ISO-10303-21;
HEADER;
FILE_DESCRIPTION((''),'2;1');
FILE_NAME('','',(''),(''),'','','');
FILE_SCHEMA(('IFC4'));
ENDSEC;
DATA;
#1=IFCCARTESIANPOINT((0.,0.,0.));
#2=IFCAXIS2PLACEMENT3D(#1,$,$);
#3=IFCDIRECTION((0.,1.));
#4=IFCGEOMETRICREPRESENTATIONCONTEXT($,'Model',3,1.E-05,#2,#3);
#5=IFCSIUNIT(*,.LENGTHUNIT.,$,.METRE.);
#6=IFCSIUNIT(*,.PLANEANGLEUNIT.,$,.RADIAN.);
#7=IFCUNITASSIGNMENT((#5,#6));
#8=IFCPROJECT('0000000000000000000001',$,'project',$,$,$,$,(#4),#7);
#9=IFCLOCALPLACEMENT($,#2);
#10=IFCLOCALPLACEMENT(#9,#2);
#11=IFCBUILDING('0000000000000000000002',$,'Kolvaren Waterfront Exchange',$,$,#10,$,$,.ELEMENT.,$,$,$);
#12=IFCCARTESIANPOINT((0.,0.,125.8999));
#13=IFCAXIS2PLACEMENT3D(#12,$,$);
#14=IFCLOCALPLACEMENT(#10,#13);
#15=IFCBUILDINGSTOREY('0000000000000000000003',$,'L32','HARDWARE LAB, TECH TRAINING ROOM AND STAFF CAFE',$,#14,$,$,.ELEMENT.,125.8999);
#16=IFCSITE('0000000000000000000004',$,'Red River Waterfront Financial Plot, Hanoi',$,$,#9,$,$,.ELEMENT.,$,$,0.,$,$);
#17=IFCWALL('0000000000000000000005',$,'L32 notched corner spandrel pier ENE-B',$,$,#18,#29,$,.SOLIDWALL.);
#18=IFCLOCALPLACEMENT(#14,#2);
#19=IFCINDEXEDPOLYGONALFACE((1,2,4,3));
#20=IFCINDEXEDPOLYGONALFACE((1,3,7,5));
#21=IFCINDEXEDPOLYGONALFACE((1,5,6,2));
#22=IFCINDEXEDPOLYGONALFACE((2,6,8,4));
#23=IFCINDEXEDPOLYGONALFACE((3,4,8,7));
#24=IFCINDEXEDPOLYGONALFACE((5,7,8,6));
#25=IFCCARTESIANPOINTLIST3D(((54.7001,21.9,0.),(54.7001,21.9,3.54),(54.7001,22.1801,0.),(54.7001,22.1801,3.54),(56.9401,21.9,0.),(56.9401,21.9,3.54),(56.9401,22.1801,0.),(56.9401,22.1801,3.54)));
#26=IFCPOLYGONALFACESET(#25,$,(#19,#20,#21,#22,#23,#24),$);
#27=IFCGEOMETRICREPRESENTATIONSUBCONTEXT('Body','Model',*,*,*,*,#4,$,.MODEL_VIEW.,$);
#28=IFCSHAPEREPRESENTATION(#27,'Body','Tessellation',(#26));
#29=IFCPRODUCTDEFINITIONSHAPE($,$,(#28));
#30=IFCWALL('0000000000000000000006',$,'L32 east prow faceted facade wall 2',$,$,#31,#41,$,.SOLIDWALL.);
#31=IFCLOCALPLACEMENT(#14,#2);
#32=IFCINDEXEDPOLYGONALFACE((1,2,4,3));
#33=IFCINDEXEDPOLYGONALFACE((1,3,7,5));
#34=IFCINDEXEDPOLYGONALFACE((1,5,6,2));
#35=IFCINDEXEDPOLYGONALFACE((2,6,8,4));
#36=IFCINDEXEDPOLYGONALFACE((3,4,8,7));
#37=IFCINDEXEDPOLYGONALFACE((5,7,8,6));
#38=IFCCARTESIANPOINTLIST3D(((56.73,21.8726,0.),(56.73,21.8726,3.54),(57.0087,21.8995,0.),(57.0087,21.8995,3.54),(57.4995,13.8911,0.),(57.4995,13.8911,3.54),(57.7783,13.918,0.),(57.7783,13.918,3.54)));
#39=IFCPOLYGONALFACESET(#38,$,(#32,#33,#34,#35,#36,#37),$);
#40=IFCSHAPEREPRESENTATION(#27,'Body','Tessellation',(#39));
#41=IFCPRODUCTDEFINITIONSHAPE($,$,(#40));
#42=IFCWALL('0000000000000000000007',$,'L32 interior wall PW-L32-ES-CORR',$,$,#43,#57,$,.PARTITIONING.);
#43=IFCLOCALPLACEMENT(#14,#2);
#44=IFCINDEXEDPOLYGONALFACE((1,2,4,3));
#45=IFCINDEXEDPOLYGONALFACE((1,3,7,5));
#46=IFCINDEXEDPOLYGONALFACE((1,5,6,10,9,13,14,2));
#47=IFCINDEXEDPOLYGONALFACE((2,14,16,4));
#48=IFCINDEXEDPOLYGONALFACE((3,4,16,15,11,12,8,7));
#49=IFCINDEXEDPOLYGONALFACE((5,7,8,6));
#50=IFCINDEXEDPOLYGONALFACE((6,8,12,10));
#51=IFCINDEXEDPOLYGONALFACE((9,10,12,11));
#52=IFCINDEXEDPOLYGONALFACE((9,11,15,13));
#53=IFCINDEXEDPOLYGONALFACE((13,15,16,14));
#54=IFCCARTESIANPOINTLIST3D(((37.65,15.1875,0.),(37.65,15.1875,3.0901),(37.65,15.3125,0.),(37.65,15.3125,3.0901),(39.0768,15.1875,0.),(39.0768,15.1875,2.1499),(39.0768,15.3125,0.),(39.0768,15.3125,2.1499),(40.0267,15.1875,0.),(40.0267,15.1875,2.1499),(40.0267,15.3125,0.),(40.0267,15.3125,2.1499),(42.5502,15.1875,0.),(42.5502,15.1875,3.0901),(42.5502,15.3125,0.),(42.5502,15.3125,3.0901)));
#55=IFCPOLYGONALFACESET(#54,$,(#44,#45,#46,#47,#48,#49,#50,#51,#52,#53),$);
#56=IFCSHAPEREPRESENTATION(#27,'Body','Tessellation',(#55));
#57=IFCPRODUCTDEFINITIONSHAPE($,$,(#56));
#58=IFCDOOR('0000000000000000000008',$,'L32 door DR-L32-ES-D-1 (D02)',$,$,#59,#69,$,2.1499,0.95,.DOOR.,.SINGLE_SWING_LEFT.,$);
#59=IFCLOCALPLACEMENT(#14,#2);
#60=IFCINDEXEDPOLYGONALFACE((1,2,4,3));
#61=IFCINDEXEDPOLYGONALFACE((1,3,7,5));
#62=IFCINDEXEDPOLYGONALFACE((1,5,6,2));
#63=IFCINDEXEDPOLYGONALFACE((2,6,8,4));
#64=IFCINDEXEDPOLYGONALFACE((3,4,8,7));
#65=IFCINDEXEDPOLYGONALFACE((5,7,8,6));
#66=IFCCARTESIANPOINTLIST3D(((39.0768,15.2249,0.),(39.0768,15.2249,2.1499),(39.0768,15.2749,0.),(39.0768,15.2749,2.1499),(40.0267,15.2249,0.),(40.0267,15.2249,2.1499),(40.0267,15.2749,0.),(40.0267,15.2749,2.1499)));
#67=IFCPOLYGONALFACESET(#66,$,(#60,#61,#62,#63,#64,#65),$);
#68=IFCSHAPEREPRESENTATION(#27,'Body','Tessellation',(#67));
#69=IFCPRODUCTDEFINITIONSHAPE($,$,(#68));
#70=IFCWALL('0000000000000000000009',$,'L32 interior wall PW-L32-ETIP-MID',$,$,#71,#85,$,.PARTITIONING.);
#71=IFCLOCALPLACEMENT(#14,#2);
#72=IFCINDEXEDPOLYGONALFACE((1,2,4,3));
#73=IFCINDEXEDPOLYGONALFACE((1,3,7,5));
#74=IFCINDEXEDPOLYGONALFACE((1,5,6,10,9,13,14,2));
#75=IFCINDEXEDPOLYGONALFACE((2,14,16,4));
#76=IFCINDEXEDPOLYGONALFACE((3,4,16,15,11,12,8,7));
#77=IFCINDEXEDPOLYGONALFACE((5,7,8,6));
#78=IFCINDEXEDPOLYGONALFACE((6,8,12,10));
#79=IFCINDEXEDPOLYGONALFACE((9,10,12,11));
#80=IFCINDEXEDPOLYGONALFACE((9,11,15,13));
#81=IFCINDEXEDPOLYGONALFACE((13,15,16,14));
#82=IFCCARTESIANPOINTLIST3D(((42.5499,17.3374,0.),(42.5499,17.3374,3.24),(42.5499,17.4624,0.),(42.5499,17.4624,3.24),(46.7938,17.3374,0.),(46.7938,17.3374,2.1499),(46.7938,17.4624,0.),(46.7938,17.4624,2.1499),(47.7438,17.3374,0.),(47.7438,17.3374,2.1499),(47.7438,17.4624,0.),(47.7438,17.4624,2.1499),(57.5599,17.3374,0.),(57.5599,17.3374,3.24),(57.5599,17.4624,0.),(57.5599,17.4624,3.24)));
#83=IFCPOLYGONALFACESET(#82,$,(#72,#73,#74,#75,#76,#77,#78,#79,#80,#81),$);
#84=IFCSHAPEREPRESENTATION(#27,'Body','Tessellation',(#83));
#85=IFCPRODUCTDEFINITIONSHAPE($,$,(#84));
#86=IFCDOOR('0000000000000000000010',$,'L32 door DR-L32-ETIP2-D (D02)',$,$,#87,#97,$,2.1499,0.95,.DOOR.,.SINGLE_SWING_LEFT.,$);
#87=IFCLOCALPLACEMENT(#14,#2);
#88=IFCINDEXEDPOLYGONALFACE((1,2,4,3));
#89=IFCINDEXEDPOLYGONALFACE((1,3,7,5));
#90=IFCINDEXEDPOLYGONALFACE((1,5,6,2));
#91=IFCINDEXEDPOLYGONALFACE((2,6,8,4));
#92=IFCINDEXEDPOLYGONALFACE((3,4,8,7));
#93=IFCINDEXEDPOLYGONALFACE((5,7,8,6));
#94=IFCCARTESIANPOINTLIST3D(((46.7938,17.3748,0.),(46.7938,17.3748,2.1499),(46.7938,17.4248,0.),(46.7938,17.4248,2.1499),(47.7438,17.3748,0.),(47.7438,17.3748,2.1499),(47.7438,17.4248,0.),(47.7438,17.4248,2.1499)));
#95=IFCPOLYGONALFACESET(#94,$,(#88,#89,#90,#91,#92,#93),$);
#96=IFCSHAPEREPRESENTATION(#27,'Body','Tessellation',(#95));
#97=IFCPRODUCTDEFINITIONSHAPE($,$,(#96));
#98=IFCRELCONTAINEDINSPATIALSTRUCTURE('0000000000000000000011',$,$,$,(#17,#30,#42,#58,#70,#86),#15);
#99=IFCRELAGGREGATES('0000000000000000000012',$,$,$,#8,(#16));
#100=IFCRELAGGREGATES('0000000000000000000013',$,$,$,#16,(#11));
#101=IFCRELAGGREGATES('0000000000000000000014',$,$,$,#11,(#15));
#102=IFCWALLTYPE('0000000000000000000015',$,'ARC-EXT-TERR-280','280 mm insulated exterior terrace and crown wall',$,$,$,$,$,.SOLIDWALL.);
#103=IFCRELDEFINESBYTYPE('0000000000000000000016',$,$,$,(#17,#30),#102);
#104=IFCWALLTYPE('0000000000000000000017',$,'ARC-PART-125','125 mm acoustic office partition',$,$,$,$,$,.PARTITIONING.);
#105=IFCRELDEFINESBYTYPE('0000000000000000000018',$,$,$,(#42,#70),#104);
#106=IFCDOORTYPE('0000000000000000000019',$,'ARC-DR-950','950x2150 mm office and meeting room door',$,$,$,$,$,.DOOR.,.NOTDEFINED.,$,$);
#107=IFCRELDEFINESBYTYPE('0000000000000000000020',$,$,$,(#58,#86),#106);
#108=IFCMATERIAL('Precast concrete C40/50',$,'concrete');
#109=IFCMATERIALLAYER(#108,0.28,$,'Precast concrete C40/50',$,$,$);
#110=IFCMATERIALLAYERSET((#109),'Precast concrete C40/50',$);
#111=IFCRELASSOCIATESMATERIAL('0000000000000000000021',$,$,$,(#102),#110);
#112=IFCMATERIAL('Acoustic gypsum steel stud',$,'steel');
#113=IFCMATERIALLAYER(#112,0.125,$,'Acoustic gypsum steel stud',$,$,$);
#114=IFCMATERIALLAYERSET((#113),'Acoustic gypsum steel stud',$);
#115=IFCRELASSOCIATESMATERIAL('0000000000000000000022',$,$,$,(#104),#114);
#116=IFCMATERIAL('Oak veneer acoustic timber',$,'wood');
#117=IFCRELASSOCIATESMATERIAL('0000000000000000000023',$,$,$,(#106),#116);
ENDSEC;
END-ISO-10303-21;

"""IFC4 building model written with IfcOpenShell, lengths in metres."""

from ifc_helpers import new_model, si_unit, direction, frame, frame_2d, origin, place, context, subcontext, project, spatial, rectangle, extrude, material, layer, layer_set, type_object, element, fill, save


model = new_model("IFC4")

# Units and contexts
model_context = context("Model", 3, precision=1e-05, world=origin(), true_north=direction((0.0, 1.0)))
body_context = subcontext(model_context, "Body", "Model", "MODEL_VIEW")
ifc_project = project(units=[si_unit("LENGTHUNIT", "METRE"), si_unit("PLANEANGLEUNIT", "RADIAN")], contexts=[model_context])

# Site, building, storey
site_placement = place(None, origin())
site = spatial("IfcSite", under=ifc_project, at=site_placement, Name="Red River Waterfront Financial Plot, Hanoi", CompositionType="ELEMENT", RefElevation=0.0)
building_placement = place(site_placement, origin())
building = spatial("IfcBuilding", under=site, at=building_placement, Name="Kolvaren Waterfront Exchange", CompositionType="ELEMENT")
storey_placement = place(building_placement, frame((0.0, 0.0, 125.8999)))
storey = spatial("IfcBuildingStorey", under=building, at=storey_placement, Name="L32", Description="HARDWARE LAB, TECH TRAINING ROOM AND STAFF CAFE", CompositionType="ELEMENT", Elevation=125.8999)

# Walls
ifc_material_1 = material(Name="Precast concrete C40/50", Category="concrete")
ifc_layer_1 = layer(ifc_material_1, 0.28, Name="Precast concrete C40/50")
ifc_layer_set_1 = layer_set([ifc_layer_1], Name="Precast concrete C40/50")
wall_type_1 = type_object("IfcWallType", Name="ARC-EXT-TERR-280", Description="280 mm insulated exterior terrace and crown wall", PredefinedType="SOLIDWALL", material=ifc_layer_set_1)
wall_1_placement = place(storey_placement, frame((54.7, 22.04, 0.0), z_axis=(0.0, 0.0, 1.0), x_axis=(1.0, 0.0, 0.0)))
element("IfcWall", 1, at=wall_1_placement, inside=storey, type_object=wall_type_1, Name="L32 notched corner spandrel pier ENE-B", PredefinedType="SOLIDWALL", context=body_context, shape_type="SweptSolid", body=[
    extrude(rectangle(XDim=2.24, YDim=0.28, at=frame_2d((1.1201, 0.0))), origin(), (0.0, 0.0, 1.0), 3.54),
])
wall_2_placement = place(storey_placement, frame((57.6389, 13.9045, 0.0), z_axis=(0.0, 0.0, 1.0), x_axis=(-0.09597, 0.995384, 0.0)))
element("IfcWall", 2, at=wall_2_placement, inside=storey, type_object=wall_type_1, Name="L32 east prow faceted facade wall 2", PredefinedType="SOLIDWALL", context=body_context, shape_type="SweptSolid", body=[
    extrude(rectangle(XDim=8.0186, YDim=0.28, at=frame_2d((4.0093, 0.0))), origin(), (0.0, 0.0, 1.0), 3.54),
])

# Walls, openings, doors
ifc_material_2 = material(Name="Acoustic gypsum steel stud", Category="steel")
ifc_layer_2 = layer(ifc_material_2, 0.125, Name="Acoustic gypsum steel stud")
ifc_layer_set_2 = layer_set([ifc_layer_2], Name="Acoustic gypsum steel stud")
wall_type_2 = type_object("IfcWallType", Name="ARC-PART-125", Description="125 mm acoustic office partition", PredefinedType="PARTITIONING", material=ifc_layer_set_2)
wall_3_placement = place(storey_placement, frame((37.6499, 15.25, 0.0), z_axis=(0.0, 0.0, 1.0), x_axis=(1.0, 0.0, 0.0)))
wall_3 = element("IfcWall", 3, at=wall_3_placement, inside=storey, type_object=wall_type_2, Name="L32 interior wall PW-L32-ES-CORR", PredefinedType="PARTITIONING", context=body_context, shape_type="SweptSolid", body=[
    extrude(rectangle(XDim=4.9001, YDim=0.125, at=frame_2d((2.4502, 0.0))), origin(), (0.0, 0.0, 1.0), 3.0901),
])
opening_1_placement = place(wall_3_placement, frame((1.4268, 0.0, 0.0)))
opening_1 = element("IfcOpeningElement", 4, at=opening_1_placement, cuts=wall_3, PredefinedType="OPENING", context=body_context, shape_type="SweptSolid", body=[
    extrude(rectangle(XDim=0.95, YDim=2.1499, at=frame_2d((0.4751, 1.075))), frame((0.0, 0.0725, 0.0), z_axis=(0.0, -1.0, 0.0), x_axis=(1.0, 0.0, 0.0)), (0.0, 0.0, 1.0), 0.145),
])
ifc_material_3 = material(Name="Oak veneer acoustic timber", Category="wood")
door_type = type_object("IfcDoorType", Name="ARC-DR-950", Description="950x2150 mm office and meeting room door", OperationType="NOTDEFINED", PredefinedType="DOOR", material=ifc_material_3)
door_1_placement = place(opening_1_placement, origin())
door_1 = element("IfcDoor", 5, at=door_1_placement, inside=storey, type_object=door_type, Name="L32 door DR-L32-ES-D-1 (D02)", OperationType="SINGLE_SWING_LEFT", OverallHeight=2.1499, OverallWidth=0.95, PredefinedType="DOOR", context=body_context, shape_type="SweptSolid", body=[
    extrude(rectangle(XDim=0.95, YDim=2.1499, at=frame_2d((0.4751, 1.075))), frame((0.0, 0.0249, 0.0), z_axis=(0.0, -1.0, 0.0), x_axis=(1.0, 0.0, 0.0)), (0.0, 0.0, 1.0), 0.05),
])
fill(opening_1, door_1)
wall_4_placement = place(storey_placement, frame((42.55, 17.3999, 0.0), z_axis=(0.0, 0.0, 1.0), x_axis=(1.0, 0.0, 0.0)))
wall_4 = element("IfcWall", 6, at=wall_4_placement, inside=storey, type_object=wall_type_2, Name="L32 interior wall PW-L32-ETIP-MID", PredefinedType="PARTITIONING", context=body_context, shape_type="SweptSolid", body=[
    extrude(rectangle(XDim=15.01, YDim=0.125, at=frame_2d((7.5049, 0.0))), origin(), (0.0, 0.0, 1.0), 3.24),
])
opening_2_placement = place(wall_4_placement, frame((4.2437, 0.0, 0.0)))
opening_2 = element("IfcOpeningElement", 7, at=opening_2_placement, cuts=wall_4, PredefinedType="OPENING", context=body_context, shape_type="SweptSolid", body=[
    extrude(rectangle(XDim=0.95, YDim=2.1499, at=frame_2d((0.4751, 1.075))), frame((0.0, 0.0725, 0.0), z_axis=(0.0, -1.0, 0.0), x_axis=(1.0, 0.0, 0.0)), (0.0, 0.0, 1.0), 0.145),
])
door_2_placement = place(opening_2_placement, origin())
door_2 = element("IfcDoor", 8, at=door_2_placement, inside=storey, type_object=door_type, Name="L32 door DR-L32-ETIP2-D (D02)", OperationType="SINGLE_SWING_LEFT", OverallHeight=2.1499, OverallWidth=0.95, PredefinedType="DOOR", context=body_context, shape_type="SweptSolid", body=[
    extrude(rectangle(XDim=0.95, YDim=2.1499, at=frame_2d((0.4751, 1.075))), frame((0.0, 0.0249, 0.0), z_axis=(0.0, -1.0, 0.0), x_axis=(1.0, 0.0, 0.0)), (0.0, 0.0, 1.0), 0.05),
])
fill(opening_2, door_2)

save(model, "model.ifc")
